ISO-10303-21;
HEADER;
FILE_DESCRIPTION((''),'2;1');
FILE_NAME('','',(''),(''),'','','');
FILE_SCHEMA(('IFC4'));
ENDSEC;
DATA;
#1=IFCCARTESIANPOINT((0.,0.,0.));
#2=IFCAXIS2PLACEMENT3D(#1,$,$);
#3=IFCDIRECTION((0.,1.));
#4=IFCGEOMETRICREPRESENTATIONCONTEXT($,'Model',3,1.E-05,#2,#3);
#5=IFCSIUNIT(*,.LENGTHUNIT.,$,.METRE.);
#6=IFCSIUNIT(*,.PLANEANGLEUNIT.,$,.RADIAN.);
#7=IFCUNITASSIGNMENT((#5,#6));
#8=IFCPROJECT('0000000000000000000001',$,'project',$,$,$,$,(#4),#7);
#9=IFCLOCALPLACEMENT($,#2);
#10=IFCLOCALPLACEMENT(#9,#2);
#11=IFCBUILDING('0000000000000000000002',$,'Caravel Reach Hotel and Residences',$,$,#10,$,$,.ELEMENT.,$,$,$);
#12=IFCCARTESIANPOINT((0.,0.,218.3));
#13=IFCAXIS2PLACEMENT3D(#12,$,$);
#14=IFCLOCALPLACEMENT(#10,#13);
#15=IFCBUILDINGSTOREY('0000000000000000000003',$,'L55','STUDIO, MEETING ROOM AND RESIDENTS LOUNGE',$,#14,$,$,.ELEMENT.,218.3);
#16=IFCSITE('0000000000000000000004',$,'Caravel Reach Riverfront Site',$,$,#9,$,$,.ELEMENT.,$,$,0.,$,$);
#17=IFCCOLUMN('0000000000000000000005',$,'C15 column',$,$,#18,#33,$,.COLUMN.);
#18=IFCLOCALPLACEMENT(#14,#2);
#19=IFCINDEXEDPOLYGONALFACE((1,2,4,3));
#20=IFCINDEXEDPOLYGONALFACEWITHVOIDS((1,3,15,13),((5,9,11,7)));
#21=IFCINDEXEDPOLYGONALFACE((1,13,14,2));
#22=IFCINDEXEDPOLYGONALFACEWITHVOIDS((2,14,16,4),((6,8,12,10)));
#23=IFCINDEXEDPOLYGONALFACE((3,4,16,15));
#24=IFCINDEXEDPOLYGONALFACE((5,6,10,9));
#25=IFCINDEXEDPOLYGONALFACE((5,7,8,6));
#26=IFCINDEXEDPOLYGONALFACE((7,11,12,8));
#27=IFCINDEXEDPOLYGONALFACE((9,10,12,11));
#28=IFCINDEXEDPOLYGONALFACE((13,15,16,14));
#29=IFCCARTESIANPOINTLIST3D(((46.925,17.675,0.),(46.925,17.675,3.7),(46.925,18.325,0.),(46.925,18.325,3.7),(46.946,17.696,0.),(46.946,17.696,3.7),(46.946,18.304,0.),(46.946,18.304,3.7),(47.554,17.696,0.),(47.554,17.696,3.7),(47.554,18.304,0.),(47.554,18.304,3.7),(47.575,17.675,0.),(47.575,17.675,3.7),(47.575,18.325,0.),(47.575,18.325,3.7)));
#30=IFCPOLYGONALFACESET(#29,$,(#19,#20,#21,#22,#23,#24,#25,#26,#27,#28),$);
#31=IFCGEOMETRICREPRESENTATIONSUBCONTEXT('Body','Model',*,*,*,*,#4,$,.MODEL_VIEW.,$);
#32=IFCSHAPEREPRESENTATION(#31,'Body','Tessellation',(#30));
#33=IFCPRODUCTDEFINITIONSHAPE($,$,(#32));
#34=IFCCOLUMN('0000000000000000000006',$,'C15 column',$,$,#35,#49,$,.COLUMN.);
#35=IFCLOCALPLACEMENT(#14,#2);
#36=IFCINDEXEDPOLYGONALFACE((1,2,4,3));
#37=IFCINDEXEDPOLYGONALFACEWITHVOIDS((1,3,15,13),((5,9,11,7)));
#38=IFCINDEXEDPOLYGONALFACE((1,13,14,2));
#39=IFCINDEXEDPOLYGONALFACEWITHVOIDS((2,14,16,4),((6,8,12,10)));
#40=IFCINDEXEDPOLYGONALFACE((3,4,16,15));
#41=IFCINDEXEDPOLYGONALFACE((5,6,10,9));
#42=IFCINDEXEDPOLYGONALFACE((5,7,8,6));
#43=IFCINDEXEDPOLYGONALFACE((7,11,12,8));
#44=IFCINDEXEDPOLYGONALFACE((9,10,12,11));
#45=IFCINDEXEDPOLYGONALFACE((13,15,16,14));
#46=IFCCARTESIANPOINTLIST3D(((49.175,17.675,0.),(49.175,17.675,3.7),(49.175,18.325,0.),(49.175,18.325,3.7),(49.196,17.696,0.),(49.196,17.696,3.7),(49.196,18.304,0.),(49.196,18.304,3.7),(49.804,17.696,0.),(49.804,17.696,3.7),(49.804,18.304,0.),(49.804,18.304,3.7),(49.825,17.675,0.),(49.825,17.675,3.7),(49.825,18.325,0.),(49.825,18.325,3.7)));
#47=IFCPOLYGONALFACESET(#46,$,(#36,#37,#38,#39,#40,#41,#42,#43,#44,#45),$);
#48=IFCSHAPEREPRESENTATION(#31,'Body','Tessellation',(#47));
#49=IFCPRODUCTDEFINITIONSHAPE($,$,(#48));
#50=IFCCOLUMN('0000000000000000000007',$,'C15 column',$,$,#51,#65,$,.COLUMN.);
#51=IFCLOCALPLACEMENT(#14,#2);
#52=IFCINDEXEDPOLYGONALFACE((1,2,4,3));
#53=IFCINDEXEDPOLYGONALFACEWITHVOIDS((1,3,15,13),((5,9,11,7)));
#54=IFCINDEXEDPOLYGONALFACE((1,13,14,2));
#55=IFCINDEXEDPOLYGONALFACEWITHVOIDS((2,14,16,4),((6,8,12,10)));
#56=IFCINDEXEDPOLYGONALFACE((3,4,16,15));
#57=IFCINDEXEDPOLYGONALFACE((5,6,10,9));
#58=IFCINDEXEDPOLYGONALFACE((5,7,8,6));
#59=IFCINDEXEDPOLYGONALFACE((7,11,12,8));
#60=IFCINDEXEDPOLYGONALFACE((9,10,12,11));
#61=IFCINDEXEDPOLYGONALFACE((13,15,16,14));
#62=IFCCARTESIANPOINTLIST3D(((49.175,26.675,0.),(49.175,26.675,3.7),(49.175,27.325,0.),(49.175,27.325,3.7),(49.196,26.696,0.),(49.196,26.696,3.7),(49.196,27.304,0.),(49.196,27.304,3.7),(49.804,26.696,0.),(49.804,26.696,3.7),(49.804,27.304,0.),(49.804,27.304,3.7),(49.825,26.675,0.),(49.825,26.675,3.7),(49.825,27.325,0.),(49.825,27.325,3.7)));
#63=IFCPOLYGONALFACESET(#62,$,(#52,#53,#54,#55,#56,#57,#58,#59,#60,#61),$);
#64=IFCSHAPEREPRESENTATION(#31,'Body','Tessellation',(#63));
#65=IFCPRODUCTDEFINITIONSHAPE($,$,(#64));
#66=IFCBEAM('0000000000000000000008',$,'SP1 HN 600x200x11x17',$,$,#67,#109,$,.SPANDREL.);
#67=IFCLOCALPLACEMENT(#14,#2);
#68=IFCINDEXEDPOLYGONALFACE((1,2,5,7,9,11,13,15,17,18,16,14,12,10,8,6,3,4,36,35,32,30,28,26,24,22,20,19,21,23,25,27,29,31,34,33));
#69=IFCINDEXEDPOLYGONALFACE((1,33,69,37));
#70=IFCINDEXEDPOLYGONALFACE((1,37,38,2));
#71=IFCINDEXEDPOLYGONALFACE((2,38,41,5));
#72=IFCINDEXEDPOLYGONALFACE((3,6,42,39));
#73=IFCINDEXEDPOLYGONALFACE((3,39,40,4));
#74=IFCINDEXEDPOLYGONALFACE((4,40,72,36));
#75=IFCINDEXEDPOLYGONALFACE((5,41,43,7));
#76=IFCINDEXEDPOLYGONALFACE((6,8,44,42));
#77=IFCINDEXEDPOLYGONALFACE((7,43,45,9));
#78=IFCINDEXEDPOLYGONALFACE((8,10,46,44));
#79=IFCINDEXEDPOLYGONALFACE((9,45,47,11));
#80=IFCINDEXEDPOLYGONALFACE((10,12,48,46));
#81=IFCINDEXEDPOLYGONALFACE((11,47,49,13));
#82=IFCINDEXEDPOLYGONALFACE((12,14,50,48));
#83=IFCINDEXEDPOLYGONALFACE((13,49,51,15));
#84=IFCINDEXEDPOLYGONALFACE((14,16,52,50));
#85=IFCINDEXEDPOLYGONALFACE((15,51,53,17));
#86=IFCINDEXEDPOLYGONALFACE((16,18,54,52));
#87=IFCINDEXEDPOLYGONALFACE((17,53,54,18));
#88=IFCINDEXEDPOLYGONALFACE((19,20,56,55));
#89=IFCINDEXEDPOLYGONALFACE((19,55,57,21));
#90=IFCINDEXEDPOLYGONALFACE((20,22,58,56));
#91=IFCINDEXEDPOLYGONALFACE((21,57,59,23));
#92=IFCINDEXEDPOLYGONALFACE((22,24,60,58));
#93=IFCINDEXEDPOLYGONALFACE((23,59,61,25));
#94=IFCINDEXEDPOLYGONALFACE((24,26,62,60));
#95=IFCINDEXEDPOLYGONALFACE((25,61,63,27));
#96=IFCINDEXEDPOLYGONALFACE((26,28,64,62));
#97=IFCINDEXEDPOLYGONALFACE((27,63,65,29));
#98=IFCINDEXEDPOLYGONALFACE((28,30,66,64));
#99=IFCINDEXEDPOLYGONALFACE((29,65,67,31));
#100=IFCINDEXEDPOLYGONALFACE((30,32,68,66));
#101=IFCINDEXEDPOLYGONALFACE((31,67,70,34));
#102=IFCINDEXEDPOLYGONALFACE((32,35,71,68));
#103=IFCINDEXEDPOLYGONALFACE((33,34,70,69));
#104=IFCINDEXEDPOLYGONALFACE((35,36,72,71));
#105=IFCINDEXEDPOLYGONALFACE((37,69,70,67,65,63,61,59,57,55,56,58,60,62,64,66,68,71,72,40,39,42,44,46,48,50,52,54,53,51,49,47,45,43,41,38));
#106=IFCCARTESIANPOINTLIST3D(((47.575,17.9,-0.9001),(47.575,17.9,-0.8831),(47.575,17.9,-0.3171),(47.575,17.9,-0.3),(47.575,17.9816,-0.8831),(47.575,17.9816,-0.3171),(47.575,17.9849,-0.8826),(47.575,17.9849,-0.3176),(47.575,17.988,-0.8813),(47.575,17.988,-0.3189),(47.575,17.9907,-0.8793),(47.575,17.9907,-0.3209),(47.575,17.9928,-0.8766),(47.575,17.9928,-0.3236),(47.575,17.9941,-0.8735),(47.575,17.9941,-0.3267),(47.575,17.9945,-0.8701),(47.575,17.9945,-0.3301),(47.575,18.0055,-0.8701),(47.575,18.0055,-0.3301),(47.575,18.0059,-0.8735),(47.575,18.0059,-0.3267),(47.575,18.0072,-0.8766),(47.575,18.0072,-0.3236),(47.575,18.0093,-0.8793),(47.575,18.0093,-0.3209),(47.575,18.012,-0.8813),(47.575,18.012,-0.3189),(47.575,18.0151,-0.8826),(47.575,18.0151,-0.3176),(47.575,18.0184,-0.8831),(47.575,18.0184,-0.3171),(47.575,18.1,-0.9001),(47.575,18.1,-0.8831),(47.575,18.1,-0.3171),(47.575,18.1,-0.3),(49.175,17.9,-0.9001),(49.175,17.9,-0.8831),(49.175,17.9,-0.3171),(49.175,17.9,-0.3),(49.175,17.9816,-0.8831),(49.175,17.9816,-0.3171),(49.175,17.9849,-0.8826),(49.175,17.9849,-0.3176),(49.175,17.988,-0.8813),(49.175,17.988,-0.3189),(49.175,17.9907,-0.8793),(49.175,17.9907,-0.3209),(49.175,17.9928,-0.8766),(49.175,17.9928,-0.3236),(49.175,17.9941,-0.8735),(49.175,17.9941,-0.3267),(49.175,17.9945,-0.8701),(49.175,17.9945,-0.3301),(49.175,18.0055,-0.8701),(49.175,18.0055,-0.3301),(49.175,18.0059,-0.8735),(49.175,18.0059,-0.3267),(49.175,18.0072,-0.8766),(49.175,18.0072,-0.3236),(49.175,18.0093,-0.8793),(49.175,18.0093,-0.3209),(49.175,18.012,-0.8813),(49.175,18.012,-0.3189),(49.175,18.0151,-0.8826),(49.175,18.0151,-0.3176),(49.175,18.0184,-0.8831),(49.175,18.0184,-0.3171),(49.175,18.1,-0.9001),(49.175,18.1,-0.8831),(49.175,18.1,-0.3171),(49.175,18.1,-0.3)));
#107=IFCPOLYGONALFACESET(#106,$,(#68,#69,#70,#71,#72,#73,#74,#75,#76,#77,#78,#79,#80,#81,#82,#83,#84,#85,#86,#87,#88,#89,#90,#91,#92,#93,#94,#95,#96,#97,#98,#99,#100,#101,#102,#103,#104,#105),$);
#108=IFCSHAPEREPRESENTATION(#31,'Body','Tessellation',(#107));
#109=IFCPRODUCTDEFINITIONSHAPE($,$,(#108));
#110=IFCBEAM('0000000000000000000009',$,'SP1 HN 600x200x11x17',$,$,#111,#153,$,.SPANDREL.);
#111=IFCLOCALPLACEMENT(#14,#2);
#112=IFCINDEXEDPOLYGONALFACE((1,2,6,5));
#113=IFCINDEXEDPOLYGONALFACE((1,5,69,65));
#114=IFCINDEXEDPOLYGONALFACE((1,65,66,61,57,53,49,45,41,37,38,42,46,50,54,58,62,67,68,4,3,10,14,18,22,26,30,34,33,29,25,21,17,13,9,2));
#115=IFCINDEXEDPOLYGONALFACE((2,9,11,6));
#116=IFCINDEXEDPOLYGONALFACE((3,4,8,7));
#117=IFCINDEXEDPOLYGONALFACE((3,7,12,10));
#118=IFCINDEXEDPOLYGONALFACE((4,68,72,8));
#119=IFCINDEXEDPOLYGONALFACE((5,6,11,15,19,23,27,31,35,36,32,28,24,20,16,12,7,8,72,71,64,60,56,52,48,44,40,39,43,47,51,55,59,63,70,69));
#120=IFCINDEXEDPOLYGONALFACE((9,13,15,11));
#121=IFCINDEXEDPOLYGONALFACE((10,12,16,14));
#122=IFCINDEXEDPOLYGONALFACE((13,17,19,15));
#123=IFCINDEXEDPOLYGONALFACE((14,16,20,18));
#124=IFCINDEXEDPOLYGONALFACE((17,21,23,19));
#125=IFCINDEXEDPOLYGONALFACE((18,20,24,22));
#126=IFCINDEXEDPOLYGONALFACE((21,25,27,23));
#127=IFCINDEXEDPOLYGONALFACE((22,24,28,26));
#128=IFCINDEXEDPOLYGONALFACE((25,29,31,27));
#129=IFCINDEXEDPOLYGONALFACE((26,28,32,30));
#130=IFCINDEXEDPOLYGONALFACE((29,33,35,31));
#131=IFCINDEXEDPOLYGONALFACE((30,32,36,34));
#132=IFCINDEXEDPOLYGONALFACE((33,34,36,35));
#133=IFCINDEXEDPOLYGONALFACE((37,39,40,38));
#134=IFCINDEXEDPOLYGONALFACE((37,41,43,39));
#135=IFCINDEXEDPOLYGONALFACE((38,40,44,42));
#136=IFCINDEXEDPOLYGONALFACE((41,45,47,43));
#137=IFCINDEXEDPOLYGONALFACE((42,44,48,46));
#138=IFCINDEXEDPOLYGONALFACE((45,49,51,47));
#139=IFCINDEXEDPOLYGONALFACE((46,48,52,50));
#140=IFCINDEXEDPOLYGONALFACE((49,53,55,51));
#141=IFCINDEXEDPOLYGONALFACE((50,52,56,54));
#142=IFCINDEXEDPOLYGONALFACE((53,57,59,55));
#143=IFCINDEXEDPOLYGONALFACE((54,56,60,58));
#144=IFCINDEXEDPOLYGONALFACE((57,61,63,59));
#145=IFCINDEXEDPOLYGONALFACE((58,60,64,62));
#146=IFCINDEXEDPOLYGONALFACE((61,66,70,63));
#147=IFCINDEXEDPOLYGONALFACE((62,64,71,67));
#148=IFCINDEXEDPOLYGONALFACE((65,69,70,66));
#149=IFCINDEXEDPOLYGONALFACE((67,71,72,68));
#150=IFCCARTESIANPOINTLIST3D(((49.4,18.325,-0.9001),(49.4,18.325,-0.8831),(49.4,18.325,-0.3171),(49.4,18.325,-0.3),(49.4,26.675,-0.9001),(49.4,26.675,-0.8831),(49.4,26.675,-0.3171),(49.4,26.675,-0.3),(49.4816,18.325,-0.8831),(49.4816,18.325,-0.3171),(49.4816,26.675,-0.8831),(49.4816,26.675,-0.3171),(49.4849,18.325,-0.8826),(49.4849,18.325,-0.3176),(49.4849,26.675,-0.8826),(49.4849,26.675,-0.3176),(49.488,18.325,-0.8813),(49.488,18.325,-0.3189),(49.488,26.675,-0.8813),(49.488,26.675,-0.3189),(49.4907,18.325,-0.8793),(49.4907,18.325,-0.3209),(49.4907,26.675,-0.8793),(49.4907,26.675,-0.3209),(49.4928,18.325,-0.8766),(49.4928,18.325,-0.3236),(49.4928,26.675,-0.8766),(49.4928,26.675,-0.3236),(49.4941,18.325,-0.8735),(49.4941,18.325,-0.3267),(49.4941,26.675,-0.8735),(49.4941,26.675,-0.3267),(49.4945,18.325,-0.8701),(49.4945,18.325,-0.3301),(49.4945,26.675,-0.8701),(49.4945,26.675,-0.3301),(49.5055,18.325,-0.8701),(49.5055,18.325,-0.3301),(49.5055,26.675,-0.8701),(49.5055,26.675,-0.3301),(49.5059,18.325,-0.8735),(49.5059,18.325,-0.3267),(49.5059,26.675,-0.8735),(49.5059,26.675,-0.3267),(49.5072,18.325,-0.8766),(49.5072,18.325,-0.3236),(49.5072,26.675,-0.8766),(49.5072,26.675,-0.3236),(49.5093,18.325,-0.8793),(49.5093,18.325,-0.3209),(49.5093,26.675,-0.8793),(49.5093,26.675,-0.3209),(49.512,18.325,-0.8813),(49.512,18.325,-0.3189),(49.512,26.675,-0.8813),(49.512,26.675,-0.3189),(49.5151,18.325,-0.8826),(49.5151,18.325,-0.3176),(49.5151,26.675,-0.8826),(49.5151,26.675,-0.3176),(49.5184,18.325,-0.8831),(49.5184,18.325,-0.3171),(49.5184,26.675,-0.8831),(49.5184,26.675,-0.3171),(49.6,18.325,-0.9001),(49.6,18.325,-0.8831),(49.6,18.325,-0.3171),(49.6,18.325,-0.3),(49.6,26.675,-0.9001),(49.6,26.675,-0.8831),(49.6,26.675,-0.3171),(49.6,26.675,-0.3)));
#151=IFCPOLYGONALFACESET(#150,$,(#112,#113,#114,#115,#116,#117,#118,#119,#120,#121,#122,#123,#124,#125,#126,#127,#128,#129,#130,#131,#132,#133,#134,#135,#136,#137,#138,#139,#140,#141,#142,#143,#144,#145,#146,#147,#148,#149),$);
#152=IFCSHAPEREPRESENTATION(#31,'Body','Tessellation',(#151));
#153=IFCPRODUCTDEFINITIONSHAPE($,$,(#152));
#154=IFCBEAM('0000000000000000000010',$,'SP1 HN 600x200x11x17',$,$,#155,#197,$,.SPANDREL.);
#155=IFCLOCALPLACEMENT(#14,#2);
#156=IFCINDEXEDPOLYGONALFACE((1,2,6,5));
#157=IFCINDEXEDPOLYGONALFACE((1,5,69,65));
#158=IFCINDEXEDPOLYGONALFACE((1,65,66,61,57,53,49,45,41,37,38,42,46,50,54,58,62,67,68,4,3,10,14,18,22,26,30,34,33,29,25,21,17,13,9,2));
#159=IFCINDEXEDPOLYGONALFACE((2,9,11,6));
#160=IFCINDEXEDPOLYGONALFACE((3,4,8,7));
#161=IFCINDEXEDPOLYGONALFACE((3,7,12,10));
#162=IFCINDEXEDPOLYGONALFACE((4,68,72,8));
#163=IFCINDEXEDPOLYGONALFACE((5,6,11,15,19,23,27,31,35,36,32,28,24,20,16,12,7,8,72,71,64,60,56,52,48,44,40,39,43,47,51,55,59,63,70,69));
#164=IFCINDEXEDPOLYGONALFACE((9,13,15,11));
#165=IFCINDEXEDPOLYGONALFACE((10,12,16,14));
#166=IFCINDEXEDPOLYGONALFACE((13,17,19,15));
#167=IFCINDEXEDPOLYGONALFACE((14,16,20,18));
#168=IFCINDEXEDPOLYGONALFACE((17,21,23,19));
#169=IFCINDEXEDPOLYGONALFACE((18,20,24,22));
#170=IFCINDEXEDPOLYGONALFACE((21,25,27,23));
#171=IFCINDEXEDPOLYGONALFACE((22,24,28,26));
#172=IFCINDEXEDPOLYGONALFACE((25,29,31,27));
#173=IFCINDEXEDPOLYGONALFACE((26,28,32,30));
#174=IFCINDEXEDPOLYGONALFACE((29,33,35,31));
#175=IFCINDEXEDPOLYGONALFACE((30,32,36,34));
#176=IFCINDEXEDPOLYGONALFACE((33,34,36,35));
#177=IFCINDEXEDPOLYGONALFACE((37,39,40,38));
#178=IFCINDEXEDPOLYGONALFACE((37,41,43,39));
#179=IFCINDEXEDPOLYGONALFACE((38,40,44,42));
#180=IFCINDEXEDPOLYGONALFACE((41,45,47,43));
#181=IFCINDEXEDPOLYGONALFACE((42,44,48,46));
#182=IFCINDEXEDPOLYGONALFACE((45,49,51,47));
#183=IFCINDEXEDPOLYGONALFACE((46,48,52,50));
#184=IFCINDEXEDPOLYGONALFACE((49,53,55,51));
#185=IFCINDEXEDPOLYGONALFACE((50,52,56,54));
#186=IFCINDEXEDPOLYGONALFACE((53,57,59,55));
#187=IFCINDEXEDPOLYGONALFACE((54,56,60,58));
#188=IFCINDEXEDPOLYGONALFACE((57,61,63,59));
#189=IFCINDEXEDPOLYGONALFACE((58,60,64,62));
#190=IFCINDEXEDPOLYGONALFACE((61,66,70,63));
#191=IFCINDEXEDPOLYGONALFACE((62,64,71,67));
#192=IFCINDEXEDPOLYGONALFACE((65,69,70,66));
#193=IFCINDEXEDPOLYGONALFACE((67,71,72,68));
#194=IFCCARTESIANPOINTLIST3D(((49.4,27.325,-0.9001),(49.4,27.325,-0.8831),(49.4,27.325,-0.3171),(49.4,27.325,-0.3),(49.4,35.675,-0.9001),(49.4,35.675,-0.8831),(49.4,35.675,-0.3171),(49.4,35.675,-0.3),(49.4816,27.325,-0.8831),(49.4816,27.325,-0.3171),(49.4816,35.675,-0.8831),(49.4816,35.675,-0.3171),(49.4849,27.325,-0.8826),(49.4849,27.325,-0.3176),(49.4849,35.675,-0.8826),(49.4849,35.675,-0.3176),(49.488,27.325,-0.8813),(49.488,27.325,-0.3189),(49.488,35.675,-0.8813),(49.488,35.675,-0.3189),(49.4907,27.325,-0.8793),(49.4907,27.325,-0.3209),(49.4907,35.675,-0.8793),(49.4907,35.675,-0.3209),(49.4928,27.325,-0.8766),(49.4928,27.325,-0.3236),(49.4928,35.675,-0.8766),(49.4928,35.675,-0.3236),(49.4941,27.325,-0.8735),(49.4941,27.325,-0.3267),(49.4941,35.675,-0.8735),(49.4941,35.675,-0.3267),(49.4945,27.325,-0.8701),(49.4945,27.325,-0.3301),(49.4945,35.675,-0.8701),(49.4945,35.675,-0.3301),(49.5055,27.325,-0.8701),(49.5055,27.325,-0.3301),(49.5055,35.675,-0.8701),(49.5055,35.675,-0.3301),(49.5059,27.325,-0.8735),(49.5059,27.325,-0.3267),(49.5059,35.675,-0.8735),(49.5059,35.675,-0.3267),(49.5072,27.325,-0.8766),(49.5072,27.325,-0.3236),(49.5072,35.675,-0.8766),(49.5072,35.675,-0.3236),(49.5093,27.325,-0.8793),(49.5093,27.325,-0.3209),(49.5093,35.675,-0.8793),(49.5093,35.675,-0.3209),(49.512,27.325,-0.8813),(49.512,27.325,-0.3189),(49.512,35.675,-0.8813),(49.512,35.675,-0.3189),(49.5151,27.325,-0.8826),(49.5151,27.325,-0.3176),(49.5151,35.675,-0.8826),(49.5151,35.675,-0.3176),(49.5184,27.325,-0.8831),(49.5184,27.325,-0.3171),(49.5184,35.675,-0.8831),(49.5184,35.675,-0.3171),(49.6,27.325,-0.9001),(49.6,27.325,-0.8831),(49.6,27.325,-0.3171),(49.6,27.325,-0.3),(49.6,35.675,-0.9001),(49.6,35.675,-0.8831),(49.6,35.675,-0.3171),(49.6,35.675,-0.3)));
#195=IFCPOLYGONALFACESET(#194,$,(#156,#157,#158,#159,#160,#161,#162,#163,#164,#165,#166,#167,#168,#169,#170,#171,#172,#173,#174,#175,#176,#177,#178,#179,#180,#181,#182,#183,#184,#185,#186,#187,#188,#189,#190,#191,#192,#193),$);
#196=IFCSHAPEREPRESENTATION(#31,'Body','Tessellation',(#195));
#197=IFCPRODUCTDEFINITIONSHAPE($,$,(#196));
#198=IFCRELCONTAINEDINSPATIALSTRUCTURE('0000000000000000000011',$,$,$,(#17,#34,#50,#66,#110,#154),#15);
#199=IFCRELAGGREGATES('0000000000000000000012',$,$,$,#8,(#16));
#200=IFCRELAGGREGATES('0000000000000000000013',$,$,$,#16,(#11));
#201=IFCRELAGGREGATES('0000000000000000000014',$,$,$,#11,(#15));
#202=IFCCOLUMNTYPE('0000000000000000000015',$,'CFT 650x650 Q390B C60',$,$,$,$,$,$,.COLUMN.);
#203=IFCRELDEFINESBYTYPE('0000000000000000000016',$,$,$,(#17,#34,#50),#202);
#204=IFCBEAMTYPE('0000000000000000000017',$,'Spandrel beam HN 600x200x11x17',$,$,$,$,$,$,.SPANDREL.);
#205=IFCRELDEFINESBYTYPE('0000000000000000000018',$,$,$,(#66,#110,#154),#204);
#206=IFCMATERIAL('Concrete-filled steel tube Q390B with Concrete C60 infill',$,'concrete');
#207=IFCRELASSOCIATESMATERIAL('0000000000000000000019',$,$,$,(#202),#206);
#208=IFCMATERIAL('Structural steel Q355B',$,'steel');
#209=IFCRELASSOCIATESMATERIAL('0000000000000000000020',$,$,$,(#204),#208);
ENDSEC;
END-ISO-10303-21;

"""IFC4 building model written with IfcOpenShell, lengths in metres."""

from ifc_helpers import new_model, si_unit, direction, frame, origin, origin_2d, place, context, subcontext, project, spatial, hollow_rectangle, i_section, extrude, material, material_profile, profile_set, type_object, element, save


model = new_model("IFC4")

# Units and contexts
model_context = context("Model", 3, precision=1e-05, world=origin(), true_north=direction((0.0, 1.0)))
body_context = subcontext(model_context, "Body", "Model", "MODEL_VIEW")
ifc_project = project(units=[si_unit("LENGTHUNIT", "METRE"), si_unit("PLANEANGLEUNIT", "RADIAN")], contexts=[model_context])

# Site, building, storey
site_placement = place(None, origin())
site = spatial("IfcSite", under=ifc_project, at=site_placement, Name="Caravel Reach Riverfront Site", CompositionType="ELEMENT", RefElevation=0.0)
building_placement = place(site_placement, origin())
building = spatial("IfcBuilding", under=site, at=building_placement, Name="Caravel Reach Hotel and Residences", CompositionType="ELEMENT")
storey_placement = place(building_placement, frame((0.0, 0.0, 218.3)))
storey = spatial("IfcBuildingStorey", under=building, at=storey_placement, Name="L55", Description="STUDIO, MEETING ROOM AND RESIDENTS LOUNGE", CompositionType="ELEMENT", Elevation=218.3)

# Columns
ifc_material_1 = material(Name="Concrete-filled steel tube Q390B with Concrete C60 infill", Category="concrete")
ifc_material_profile_1 = material_profile(ifc_material_1, hollow_rectangle(XDim=0.6499, YDim=0.6499, WallThickness=0.021, at=origin_2d()), Name="RHS 650x650x21")
ifc_profile_set_1 = profile_set([ifc_material_profile_1], Name="Concrete-filled steel tube Q390B with Concrete C60 infill")
column_type = type_object("IfcColumnType", Name="CFT 650x650 Q390B C60", PredefinedType="COLUMN", material=ifc_profile_set_1)
for number, where, z_axis, x_axis, name in (
    (1, (47.25, 18.0, 0.0), (0.0, 0.0, 1.0), (1.0, 0.0, 0.0), "C15 column"),
    (2, (49.5, 18.0, 0.0), (0.0, 0.0, 1.0), (1.0, 0.0, 0.0), "C15 column"),
    (3, (49.5, 27.0, 0.0), (0.0, 0.0, 1.0), (1.0, 0.0, 0.0), "C15 column"),
):
    element("IfcColumn", number, at=place(storey_placement, frame(where, z_axis=z_axis, x_axis=x_axis)), inside=storey, type_object=column_type, Name=name, PredefinedType="COLUMN", context=body_context, shape_type="SweptSolid", body=[
        extrude(hollow_rectangle(XDim=0.6499, YDim=0.6499, WallThickness=0.021, at=origin_2d()), origin(), (0.0, 0.0, 1.0), 3.7),
    ])

# Beams
ifc_material_2 = material(Name="Structural steel Q355B", Category="steel")
ifc_material_profile_2 = material_profile(ifc_material_2, i_section(OverallWidth=0.2, OverallDepth=0.6001, WebThickness=0.011, FlangeThickness=0.0171, FilletRadius=0.0129, at=origin_2d()), Name="HN 600x200x11x17")
ifc_profile_set_2 = profile_set([ifc_material_profile_2], Name="Structural steel Q355B")
beam_type = type_object("IfcBeamType", Name="Spandrel beam HN 600x200x11x17", PredefinedType="SPANDREL", material=ifc_profile_set_2)
beam_placement = place(storey_placement, frame((47.575, 18.0, -0.6001), z_axis=(1.0, 0.0, 0.0), x_axis=(0.0, 1.0, 0.0)))
element("IfcBeam", 4, at=beam_placement, inside=storey, type_object=beam_type, Name="SP1 HN 600x200x11x17", PredefinedType="SPANDREL", context=body_context, shape_type="SweptSolid", body=[
    extrude(i_section(OverallWidth=0.2, OverallDepth=0.6001, WebThickness=0.011, FlangeThickness=0.0171, FilletRadius=0.0129, at=origin_2d()), origin(), (0.0, 0.0, 1.0), 1.6001),
])
for number, where, z_axis, x_axis, name in (
    (5, (49.5, 18.325, -0.6001), (0.0, 1.0, 0.0), (-1.0, 0.0, 0.0), "SP1 HN 600x200x11x17"),
    (6, (49.5, 27.325, -0.6001), (0.0, 1.0, 0.0), (-1.0, 0.0, 0.0), "SP1 HN 600x200x11x17"),
):
    element("IfcBeam", number, at=place(storey_placement, frame(where, z_axis=z_axis, x_axis=x_axis)), inside=storey, type_object=beam_type, Name=name, PredefinedType="SPANDREL", context=body_context, shape_type="SweptSolid", body=[
        extrude(i_section(OverallWidth=0.2, OverallDepth=0.6001, WebThickness=0.011, FlangeThickness=0.0171, FilletRadius=0.0129, at=origin_2d()), origin(), (0.0, 0.0, 1.0), 8.3501),
    ])

save(model, "model.ifc")
